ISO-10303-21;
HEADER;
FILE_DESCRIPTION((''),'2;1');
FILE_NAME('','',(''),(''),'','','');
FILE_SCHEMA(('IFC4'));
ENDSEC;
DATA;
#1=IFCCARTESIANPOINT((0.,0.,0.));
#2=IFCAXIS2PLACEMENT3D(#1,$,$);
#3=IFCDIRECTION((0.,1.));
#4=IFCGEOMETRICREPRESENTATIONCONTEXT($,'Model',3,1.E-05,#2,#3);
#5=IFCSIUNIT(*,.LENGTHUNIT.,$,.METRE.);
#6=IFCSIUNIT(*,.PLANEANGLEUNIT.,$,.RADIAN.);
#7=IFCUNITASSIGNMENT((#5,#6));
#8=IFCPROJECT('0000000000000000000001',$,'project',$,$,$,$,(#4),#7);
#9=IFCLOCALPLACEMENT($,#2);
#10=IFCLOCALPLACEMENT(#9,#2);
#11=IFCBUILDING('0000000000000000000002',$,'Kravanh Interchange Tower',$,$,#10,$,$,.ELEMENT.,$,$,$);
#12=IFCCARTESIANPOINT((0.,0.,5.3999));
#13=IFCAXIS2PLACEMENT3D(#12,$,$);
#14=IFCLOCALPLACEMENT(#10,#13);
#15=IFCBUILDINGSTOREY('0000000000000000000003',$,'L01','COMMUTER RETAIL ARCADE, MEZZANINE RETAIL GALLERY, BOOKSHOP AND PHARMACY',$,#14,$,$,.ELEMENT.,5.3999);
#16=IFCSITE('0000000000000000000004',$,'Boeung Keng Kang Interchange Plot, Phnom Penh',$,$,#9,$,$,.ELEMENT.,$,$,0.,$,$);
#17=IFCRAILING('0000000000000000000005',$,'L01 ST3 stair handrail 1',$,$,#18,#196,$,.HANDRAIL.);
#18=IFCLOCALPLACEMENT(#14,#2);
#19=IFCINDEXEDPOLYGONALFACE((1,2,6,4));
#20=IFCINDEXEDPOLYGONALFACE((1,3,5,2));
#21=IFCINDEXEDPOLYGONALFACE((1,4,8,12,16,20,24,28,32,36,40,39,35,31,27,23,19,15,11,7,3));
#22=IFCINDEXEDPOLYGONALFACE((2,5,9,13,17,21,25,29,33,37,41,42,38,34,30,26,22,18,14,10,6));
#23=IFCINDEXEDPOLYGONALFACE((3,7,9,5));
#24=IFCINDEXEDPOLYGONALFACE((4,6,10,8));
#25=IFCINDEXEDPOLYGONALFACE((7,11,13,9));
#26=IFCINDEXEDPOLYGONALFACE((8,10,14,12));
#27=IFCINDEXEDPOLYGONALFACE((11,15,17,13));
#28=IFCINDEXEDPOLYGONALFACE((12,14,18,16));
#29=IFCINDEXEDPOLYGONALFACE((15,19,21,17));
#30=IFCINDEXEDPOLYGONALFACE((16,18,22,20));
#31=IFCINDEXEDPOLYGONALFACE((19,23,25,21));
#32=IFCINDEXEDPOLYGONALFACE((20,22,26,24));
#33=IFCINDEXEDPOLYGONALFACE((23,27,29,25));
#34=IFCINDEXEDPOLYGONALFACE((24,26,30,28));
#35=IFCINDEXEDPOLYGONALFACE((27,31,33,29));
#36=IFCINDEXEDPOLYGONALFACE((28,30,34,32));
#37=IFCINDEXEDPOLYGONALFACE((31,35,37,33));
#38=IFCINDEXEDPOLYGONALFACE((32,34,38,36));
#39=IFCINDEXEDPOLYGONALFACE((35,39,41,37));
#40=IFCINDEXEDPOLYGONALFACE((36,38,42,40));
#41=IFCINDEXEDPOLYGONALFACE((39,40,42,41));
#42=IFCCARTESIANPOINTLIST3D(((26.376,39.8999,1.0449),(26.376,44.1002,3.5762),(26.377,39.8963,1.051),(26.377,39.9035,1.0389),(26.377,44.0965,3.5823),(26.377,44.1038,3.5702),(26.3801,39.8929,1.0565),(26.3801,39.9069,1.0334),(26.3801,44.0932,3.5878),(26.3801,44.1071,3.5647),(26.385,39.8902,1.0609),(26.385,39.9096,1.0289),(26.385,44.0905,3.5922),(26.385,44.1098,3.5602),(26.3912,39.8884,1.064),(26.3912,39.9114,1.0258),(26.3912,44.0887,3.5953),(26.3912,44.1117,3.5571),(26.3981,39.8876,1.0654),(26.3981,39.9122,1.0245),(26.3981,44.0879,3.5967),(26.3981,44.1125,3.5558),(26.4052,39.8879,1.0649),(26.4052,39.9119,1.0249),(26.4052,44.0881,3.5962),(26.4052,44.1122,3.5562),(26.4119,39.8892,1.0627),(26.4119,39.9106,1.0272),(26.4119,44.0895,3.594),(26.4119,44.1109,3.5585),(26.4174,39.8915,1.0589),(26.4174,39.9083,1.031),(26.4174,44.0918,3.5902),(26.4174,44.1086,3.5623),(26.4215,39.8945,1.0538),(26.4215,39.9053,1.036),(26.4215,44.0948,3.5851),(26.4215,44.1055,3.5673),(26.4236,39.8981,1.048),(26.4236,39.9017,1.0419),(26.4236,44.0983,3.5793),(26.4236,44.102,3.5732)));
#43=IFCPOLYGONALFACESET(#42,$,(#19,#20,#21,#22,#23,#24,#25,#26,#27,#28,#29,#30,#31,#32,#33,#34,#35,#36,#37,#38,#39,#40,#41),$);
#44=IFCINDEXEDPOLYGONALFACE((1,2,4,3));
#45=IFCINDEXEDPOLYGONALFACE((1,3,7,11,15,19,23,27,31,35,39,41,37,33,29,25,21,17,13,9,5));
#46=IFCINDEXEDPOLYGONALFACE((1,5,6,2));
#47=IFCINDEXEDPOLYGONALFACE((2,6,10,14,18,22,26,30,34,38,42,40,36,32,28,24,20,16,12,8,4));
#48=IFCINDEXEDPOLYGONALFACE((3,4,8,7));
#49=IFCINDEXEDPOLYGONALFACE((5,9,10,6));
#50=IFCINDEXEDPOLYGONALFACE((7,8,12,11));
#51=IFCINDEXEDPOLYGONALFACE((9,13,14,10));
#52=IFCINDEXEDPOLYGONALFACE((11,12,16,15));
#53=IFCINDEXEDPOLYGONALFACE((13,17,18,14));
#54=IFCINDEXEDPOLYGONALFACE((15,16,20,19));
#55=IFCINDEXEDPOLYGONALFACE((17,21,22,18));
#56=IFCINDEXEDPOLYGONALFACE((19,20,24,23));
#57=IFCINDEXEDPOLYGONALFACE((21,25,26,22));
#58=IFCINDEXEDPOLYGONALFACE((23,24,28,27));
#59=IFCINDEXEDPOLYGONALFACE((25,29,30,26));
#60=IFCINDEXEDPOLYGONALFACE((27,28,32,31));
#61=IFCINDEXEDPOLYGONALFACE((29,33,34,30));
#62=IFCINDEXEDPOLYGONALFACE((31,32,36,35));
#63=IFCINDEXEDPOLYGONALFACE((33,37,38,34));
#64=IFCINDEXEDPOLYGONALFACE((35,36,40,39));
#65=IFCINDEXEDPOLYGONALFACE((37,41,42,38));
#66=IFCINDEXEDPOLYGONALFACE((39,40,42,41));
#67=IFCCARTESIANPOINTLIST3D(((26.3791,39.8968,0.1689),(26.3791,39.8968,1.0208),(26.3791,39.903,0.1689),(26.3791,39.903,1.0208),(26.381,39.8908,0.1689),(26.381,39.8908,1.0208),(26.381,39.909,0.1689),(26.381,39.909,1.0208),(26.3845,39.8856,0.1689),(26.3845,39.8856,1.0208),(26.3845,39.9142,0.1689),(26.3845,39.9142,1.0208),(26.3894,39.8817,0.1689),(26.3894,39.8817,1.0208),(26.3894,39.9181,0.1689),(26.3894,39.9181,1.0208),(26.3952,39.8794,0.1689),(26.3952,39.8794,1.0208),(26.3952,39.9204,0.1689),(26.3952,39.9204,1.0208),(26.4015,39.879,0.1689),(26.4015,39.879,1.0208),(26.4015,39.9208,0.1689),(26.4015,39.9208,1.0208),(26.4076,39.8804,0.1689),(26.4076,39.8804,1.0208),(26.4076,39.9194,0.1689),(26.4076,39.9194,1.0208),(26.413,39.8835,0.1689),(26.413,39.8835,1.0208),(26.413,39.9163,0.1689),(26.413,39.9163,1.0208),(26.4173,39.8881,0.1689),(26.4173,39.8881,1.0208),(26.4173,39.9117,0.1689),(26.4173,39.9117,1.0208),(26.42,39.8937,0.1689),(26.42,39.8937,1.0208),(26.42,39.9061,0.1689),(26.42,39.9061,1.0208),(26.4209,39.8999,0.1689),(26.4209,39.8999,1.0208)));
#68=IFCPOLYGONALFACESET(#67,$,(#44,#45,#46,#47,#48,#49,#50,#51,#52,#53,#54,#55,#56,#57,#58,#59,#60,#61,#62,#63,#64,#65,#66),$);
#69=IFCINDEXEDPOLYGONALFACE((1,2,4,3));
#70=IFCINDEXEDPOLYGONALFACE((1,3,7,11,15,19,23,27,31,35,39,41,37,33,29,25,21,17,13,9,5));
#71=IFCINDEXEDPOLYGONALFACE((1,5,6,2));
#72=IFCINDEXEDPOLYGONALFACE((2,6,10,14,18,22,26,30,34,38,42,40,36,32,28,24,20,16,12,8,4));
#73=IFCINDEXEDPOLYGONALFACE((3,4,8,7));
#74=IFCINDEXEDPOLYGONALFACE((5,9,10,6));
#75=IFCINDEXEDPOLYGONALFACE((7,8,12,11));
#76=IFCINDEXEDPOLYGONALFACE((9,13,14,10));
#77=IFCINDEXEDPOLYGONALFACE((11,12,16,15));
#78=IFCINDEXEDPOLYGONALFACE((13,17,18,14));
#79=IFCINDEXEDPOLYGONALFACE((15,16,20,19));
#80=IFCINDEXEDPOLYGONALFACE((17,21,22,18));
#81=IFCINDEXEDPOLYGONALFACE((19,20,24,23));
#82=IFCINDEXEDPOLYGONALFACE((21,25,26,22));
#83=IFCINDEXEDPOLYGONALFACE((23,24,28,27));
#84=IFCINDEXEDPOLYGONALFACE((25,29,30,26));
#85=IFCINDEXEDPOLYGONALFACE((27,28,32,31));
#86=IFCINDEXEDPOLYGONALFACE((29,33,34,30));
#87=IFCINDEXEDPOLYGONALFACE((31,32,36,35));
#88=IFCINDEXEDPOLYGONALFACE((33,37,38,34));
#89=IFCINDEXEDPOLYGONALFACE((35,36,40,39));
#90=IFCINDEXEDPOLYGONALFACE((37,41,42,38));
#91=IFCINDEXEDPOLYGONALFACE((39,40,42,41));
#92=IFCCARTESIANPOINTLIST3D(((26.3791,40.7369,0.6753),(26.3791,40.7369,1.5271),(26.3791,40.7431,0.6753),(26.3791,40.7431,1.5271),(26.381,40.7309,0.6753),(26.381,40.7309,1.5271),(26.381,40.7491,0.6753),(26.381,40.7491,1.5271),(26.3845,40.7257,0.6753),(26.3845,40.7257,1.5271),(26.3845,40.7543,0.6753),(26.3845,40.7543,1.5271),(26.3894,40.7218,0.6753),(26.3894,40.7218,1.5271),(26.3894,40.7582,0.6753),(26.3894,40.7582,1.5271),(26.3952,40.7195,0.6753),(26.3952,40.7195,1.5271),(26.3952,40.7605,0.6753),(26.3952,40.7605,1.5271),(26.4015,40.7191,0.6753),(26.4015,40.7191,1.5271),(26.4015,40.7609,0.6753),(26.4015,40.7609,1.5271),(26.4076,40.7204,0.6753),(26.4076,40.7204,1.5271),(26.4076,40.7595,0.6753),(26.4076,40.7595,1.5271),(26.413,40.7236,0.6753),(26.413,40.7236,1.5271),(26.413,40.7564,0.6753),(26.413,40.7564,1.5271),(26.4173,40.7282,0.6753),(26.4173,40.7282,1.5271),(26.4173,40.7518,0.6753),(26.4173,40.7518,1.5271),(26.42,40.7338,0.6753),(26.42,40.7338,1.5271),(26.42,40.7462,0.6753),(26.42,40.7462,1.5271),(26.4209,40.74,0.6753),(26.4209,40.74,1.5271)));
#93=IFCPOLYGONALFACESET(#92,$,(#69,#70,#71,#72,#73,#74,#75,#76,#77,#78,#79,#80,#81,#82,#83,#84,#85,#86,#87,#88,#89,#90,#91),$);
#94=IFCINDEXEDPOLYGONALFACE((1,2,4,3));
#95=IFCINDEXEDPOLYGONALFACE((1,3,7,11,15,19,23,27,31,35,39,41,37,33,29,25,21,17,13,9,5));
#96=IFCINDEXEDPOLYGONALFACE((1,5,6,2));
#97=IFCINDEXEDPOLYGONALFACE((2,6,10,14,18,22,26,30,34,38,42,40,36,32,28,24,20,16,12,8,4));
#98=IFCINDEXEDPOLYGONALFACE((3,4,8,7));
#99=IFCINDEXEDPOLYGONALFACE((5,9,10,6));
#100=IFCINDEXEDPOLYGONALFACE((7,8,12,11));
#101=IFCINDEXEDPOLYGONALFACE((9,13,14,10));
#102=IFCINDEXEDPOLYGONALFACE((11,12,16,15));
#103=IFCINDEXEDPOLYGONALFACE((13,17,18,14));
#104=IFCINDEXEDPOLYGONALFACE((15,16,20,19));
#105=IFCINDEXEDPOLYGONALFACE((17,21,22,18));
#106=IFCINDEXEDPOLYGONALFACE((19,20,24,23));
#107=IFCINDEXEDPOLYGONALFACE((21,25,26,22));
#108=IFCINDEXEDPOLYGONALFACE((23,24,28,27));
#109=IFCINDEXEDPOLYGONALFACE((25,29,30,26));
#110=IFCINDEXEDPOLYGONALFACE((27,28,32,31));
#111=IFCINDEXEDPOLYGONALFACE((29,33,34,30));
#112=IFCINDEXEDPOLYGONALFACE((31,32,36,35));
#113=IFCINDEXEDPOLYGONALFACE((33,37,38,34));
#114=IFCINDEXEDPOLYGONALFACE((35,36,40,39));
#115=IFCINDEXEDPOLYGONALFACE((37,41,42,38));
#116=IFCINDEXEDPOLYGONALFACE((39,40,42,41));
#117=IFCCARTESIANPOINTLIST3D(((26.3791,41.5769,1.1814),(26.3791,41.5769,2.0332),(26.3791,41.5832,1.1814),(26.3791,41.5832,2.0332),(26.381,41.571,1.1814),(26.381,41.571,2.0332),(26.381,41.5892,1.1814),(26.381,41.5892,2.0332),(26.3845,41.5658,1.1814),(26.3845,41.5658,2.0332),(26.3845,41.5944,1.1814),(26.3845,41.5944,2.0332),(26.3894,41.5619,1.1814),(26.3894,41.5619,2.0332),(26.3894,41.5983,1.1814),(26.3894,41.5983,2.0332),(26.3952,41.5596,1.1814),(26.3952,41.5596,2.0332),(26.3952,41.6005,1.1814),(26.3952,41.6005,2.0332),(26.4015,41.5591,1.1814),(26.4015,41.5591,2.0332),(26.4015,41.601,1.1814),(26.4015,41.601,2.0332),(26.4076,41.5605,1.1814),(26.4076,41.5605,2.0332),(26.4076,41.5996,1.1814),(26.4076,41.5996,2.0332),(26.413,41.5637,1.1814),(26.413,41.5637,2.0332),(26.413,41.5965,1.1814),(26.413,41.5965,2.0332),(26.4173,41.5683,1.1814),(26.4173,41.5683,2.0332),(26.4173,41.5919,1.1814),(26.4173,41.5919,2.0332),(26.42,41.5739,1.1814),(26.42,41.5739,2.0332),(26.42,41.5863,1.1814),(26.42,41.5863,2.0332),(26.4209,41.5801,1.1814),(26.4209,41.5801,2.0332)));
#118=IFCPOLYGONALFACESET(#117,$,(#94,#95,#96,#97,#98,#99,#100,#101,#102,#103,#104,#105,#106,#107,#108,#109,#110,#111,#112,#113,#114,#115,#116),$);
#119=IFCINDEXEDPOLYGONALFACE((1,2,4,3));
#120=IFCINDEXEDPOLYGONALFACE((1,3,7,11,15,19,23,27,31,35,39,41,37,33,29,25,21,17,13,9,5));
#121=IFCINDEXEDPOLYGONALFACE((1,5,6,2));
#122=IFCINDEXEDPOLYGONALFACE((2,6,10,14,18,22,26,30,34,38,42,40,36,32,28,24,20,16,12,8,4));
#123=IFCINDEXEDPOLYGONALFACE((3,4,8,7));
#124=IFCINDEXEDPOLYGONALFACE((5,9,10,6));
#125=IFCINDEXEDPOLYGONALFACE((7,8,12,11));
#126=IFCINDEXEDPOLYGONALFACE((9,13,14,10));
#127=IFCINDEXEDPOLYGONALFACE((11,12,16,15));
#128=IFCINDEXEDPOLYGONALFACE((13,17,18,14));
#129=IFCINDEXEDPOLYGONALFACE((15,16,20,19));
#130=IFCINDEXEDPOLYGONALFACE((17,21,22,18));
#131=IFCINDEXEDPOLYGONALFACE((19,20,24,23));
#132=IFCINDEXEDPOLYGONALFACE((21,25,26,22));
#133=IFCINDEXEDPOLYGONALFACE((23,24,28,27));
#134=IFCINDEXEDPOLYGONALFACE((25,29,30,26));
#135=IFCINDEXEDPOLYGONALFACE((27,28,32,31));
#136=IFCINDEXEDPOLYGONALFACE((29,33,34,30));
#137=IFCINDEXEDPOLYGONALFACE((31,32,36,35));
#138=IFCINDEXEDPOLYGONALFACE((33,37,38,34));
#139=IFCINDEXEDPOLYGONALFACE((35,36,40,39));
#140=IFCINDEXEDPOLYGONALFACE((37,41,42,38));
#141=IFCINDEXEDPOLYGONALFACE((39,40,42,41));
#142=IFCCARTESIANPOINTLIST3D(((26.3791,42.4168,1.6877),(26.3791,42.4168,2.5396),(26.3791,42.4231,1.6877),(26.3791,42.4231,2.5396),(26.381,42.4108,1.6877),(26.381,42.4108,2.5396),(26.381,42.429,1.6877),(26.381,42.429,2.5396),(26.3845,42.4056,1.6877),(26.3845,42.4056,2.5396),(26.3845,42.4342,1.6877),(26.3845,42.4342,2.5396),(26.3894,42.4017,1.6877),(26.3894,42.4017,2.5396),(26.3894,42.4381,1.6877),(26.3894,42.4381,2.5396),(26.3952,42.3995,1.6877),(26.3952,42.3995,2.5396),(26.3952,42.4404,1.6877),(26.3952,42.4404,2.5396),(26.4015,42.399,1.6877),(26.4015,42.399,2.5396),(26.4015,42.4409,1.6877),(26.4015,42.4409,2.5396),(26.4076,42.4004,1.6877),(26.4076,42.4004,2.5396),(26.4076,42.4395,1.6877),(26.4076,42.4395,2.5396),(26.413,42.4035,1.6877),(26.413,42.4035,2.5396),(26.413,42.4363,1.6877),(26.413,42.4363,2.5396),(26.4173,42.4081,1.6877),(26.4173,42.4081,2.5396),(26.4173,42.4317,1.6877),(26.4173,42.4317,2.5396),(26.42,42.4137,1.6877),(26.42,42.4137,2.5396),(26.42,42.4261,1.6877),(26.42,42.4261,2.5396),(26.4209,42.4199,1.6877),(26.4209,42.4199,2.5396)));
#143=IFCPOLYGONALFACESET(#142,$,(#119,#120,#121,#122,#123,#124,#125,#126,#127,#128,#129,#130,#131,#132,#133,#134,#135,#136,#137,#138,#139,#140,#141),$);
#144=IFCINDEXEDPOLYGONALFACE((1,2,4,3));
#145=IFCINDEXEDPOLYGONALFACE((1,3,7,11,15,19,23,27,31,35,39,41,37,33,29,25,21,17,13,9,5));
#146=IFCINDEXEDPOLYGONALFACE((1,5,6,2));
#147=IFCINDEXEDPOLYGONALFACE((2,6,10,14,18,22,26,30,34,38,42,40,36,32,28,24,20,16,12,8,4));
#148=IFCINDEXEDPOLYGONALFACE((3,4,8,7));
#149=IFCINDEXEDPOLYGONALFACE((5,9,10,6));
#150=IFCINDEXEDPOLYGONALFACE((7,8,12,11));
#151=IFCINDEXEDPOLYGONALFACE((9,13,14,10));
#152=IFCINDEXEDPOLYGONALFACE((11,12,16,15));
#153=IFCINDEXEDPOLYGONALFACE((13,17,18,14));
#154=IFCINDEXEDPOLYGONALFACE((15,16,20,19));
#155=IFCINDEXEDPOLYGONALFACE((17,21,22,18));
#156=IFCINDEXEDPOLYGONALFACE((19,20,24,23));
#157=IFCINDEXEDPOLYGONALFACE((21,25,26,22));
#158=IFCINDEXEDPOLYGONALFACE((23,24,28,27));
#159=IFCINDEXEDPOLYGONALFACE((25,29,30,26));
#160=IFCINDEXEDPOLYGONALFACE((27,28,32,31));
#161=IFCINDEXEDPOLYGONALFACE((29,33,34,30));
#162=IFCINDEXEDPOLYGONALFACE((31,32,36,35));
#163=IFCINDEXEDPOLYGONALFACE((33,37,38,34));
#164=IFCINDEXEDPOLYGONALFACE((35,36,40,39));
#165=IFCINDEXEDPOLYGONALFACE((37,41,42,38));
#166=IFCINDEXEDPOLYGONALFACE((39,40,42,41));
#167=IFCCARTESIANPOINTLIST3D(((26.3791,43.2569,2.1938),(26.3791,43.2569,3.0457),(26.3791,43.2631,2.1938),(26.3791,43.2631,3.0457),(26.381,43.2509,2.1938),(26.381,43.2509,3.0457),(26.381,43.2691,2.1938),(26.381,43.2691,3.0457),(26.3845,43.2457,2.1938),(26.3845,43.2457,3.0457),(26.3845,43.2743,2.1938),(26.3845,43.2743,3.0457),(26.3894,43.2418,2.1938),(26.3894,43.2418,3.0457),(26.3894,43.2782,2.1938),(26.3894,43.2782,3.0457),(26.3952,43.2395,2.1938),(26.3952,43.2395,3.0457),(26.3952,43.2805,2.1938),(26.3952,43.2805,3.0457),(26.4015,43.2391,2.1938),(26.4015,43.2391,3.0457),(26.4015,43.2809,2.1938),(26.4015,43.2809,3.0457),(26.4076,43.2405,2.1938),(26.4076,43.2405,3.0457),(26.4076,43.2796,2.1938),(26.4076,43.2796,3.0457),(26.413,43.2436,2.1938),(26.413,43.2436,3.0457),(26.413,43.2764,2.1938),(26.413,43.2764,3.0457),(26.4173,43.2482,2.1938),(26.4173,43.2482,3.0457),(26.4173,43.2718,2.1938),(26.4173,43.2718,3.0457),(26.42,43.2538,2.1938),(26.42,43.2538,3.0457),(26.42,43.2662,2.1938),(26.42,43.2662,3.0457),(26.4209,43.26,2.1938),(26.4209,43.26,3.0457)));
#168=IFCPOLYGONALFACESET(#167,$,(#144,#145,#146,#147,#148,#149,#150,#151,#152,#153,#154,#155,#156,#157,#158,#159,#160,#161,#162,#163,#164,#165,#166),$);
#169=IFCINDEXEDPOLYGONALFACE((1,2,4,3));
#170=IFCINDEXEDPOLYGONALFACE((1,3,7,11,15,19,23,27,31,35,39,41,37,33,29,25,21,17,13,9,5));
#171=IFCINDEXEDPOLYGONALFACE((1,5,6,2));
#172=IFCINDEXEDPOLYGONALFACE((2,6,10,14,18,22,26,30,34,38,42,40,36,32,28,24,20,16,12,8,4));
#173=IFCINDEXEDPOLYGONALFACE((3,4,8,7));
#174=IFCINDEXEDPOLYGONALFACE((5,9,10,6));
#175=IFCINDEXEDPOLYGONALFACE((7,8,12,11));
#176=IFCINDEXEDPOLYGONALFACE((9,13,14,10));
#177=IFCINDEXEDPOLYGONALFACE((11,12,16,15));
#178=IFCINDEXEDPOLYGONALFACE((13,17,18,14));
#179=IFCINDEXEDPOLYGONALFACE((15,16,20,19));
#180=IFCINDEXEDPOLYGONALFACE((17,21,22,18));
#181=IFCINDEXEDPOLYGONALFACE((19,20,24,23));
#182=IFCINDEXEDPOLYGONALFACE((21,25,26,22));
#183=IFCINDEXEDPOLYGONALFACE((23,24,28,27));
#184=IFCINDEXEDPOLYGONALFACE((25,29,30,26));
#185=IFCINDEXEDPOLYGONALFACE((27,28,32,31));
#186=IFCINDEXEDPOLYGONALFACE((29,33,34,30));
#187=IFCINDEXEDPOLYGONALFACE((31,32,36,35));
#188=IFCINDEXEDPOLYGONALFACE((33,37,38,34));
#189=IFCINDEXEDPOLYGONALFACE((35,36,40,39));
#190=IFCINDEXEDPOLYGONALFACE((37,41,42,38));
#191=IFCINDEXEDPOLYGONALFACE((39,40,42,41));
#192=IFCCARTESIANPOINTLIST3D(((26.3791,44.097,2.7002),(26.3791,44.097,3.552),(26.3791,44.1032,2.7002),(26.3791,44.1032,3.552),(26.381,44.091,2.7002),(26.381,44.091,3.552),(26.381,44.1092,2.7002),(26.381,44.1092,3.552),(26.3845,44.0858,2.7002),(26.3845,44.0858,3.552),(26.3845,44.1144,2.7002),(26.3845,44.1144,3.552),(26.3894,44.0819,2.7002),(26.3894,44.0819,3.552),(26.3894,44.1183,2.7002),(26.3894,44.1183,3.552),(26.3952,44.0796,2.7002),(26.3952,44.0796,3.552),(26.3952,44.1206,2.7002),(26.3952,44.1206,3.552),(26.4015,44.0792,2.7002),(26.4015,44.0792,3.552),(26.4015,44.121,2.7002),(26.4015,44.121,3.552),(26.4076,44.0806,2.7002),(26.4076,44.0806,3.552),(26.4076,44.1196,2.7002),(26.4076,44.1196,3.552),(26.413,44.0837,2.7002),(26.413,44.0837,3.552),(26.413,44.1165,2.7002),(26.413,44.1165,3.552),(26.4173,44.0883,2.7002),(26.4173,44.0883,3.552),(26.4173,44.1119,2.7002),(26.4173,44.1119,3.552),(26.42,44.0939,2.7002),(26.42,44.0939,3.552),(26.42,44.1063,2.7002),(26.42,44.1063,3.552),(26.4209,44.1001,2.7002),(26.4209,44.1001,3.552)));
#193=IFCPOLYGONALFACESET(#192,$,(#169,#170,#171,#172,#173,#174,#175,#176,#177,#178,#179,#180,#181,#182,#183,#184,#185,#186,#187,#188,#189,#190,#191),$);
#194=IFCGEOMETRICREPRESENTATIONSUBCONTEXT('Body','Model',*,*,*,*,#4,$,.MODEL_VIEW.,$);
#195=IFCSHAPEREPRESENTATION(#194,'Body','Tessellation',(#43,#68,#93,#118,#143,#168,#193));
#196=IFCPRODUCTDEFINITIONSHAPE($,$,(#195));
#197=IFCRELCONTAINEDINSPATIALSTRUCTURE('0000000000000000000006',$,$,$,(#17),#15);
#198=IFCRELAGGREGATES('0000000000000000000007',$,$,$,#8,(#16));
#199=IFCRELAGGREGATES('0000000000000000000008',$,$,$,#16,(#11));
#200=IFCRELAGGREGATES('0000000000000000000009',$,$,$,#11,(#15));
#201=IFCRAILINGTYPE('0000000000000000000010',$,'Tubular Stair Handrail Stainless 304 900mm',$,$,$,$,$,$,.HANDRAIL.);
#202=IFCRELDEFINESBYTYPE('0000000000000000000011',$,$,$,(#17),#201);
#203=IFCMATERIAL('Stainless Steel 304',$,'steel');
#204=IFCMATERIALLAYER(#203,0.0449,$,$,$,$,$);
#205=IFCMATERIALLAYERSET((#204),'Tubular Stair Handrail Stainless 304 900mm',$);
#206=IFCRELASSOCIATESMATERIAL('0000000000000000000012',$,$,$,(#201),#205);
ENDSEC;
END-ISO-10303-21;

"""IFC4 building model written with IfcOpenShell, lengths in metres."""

from ifc_helpers import new_model, si_unit, direction, frame, origin, origin_2d, place, context, subcontext, project, spatial, circle, extrude, material, layer, layer_set, type_object, element, save


model = new_model("IFC4")

# Units and contexts
model_context = context("Model", 3, precision=1e-05, world=origin(), true_north=direction((0.0, 1.0)))
body_context = subcontext(model_context, "Body", "Model", "MODEL_VIEW")
ifc_project = project(units=[si_unit("LENGTHUNIT", "METRE"), si_unit("PLANEANGLEUNIT", "RADIAN")], contexts=[model_context])

# Site, building, storey
site_placement = place(None, origin())
site = spatial("IfcSite", under=ifc_project, at=site_placement, Name="Boeung Keng Kang Interchange Plot, Phnom Penh", CompositionType="ELEMENT", RefElevation=0.0)
building_placement = place(site_placement, origin())
building = spatial("IfcBuilding", under=site, at=building_placement, Name="Kravanh Interchange Tower", CompositionType="ELEMENT")
storey_placement = place(building_placement, frame((0.0, 0.0, 5.3999)))
storey = spatial("IfcBuildingStorey", under=building, at=storey_placement, Name="L01", Description="COMMUTER RETAIL ARCADE, MEZZANINE RETAIL GALLERY, BOOKSHOP AND PHARMACY", CompositionType="ELEMENT", Elevation=5.3999)

# Railing
ifc_material_1 = material(Name="Stainless Steel 304", Category="steel")
ifc_layer_1 = layer(ifc_material_1, 0.0449)
ifc_layer_set_1 = layer_set([ifc_layer_1], Name="Tubular Stair Handrail Stainless 304 900mm")
railing_type_1 = type_object("IfcRailingType", Name="Tubular Stair Handrail Stainless 304 900mm", PredefinedType="HANDRAIL", material=ifc_layer_set_1)
railing_1_placement = place(storey_placement, frame((26.3999, 39.8999, 0.1689)))
element("IfcRailing", 1, at=railing_1_placement, inside=storey, type_object=railing_type_1, Name="L01 ST3 stair handrail 1", PredefinedType="HANDRAIL", context=body_context, shape_type="SweptSolid", body=[
    extrude(circle(Radius=0.0239, at=origin_2d()), frame((0.0, 0.0, 0.876), z_axis=(0.0, 0.85649, 0.516164), x_axis=(-1.0, 0.0, 0.0)), (0.0, 0.0, 1.0), 4.9041),
    extrude(circle(Radius=0.021, at=origin_2d()), origin(), (0.0, 0.0, 1.0), 0.8518),
    extrude(circle(Radius=0.021, at=origin_2d()), frame((0.0, 0.8401, 0.5063)), (0.0, 0.0, 1.0), 0.8518),
    extrude(circle(Radius=0.021, at=origin_2d()), frame((0.0, 1.6802, 1.0125)), (0.0, 0.0, 1.0), 0.8518),
    extrude(circle(Radius=0.021, at=origin_2d()), frame((0.0, 2.52, 1.5188)), (0.0, 0.0, 1.0), 0.8518),
    extrude(circle(Radius=0.021, at=origin_2d()), frame((0.0, 3.3601, 2.0249)), (0.0, 0.0, 1.0), 0.8518),
    extrude(circle(Radius=0.021, at=origin_2d()), frame((0.0, 4.2002, 2.5312)), (0.0, 0.0, 1.0), 0.8518),
])

save(model, "model.ifc")
